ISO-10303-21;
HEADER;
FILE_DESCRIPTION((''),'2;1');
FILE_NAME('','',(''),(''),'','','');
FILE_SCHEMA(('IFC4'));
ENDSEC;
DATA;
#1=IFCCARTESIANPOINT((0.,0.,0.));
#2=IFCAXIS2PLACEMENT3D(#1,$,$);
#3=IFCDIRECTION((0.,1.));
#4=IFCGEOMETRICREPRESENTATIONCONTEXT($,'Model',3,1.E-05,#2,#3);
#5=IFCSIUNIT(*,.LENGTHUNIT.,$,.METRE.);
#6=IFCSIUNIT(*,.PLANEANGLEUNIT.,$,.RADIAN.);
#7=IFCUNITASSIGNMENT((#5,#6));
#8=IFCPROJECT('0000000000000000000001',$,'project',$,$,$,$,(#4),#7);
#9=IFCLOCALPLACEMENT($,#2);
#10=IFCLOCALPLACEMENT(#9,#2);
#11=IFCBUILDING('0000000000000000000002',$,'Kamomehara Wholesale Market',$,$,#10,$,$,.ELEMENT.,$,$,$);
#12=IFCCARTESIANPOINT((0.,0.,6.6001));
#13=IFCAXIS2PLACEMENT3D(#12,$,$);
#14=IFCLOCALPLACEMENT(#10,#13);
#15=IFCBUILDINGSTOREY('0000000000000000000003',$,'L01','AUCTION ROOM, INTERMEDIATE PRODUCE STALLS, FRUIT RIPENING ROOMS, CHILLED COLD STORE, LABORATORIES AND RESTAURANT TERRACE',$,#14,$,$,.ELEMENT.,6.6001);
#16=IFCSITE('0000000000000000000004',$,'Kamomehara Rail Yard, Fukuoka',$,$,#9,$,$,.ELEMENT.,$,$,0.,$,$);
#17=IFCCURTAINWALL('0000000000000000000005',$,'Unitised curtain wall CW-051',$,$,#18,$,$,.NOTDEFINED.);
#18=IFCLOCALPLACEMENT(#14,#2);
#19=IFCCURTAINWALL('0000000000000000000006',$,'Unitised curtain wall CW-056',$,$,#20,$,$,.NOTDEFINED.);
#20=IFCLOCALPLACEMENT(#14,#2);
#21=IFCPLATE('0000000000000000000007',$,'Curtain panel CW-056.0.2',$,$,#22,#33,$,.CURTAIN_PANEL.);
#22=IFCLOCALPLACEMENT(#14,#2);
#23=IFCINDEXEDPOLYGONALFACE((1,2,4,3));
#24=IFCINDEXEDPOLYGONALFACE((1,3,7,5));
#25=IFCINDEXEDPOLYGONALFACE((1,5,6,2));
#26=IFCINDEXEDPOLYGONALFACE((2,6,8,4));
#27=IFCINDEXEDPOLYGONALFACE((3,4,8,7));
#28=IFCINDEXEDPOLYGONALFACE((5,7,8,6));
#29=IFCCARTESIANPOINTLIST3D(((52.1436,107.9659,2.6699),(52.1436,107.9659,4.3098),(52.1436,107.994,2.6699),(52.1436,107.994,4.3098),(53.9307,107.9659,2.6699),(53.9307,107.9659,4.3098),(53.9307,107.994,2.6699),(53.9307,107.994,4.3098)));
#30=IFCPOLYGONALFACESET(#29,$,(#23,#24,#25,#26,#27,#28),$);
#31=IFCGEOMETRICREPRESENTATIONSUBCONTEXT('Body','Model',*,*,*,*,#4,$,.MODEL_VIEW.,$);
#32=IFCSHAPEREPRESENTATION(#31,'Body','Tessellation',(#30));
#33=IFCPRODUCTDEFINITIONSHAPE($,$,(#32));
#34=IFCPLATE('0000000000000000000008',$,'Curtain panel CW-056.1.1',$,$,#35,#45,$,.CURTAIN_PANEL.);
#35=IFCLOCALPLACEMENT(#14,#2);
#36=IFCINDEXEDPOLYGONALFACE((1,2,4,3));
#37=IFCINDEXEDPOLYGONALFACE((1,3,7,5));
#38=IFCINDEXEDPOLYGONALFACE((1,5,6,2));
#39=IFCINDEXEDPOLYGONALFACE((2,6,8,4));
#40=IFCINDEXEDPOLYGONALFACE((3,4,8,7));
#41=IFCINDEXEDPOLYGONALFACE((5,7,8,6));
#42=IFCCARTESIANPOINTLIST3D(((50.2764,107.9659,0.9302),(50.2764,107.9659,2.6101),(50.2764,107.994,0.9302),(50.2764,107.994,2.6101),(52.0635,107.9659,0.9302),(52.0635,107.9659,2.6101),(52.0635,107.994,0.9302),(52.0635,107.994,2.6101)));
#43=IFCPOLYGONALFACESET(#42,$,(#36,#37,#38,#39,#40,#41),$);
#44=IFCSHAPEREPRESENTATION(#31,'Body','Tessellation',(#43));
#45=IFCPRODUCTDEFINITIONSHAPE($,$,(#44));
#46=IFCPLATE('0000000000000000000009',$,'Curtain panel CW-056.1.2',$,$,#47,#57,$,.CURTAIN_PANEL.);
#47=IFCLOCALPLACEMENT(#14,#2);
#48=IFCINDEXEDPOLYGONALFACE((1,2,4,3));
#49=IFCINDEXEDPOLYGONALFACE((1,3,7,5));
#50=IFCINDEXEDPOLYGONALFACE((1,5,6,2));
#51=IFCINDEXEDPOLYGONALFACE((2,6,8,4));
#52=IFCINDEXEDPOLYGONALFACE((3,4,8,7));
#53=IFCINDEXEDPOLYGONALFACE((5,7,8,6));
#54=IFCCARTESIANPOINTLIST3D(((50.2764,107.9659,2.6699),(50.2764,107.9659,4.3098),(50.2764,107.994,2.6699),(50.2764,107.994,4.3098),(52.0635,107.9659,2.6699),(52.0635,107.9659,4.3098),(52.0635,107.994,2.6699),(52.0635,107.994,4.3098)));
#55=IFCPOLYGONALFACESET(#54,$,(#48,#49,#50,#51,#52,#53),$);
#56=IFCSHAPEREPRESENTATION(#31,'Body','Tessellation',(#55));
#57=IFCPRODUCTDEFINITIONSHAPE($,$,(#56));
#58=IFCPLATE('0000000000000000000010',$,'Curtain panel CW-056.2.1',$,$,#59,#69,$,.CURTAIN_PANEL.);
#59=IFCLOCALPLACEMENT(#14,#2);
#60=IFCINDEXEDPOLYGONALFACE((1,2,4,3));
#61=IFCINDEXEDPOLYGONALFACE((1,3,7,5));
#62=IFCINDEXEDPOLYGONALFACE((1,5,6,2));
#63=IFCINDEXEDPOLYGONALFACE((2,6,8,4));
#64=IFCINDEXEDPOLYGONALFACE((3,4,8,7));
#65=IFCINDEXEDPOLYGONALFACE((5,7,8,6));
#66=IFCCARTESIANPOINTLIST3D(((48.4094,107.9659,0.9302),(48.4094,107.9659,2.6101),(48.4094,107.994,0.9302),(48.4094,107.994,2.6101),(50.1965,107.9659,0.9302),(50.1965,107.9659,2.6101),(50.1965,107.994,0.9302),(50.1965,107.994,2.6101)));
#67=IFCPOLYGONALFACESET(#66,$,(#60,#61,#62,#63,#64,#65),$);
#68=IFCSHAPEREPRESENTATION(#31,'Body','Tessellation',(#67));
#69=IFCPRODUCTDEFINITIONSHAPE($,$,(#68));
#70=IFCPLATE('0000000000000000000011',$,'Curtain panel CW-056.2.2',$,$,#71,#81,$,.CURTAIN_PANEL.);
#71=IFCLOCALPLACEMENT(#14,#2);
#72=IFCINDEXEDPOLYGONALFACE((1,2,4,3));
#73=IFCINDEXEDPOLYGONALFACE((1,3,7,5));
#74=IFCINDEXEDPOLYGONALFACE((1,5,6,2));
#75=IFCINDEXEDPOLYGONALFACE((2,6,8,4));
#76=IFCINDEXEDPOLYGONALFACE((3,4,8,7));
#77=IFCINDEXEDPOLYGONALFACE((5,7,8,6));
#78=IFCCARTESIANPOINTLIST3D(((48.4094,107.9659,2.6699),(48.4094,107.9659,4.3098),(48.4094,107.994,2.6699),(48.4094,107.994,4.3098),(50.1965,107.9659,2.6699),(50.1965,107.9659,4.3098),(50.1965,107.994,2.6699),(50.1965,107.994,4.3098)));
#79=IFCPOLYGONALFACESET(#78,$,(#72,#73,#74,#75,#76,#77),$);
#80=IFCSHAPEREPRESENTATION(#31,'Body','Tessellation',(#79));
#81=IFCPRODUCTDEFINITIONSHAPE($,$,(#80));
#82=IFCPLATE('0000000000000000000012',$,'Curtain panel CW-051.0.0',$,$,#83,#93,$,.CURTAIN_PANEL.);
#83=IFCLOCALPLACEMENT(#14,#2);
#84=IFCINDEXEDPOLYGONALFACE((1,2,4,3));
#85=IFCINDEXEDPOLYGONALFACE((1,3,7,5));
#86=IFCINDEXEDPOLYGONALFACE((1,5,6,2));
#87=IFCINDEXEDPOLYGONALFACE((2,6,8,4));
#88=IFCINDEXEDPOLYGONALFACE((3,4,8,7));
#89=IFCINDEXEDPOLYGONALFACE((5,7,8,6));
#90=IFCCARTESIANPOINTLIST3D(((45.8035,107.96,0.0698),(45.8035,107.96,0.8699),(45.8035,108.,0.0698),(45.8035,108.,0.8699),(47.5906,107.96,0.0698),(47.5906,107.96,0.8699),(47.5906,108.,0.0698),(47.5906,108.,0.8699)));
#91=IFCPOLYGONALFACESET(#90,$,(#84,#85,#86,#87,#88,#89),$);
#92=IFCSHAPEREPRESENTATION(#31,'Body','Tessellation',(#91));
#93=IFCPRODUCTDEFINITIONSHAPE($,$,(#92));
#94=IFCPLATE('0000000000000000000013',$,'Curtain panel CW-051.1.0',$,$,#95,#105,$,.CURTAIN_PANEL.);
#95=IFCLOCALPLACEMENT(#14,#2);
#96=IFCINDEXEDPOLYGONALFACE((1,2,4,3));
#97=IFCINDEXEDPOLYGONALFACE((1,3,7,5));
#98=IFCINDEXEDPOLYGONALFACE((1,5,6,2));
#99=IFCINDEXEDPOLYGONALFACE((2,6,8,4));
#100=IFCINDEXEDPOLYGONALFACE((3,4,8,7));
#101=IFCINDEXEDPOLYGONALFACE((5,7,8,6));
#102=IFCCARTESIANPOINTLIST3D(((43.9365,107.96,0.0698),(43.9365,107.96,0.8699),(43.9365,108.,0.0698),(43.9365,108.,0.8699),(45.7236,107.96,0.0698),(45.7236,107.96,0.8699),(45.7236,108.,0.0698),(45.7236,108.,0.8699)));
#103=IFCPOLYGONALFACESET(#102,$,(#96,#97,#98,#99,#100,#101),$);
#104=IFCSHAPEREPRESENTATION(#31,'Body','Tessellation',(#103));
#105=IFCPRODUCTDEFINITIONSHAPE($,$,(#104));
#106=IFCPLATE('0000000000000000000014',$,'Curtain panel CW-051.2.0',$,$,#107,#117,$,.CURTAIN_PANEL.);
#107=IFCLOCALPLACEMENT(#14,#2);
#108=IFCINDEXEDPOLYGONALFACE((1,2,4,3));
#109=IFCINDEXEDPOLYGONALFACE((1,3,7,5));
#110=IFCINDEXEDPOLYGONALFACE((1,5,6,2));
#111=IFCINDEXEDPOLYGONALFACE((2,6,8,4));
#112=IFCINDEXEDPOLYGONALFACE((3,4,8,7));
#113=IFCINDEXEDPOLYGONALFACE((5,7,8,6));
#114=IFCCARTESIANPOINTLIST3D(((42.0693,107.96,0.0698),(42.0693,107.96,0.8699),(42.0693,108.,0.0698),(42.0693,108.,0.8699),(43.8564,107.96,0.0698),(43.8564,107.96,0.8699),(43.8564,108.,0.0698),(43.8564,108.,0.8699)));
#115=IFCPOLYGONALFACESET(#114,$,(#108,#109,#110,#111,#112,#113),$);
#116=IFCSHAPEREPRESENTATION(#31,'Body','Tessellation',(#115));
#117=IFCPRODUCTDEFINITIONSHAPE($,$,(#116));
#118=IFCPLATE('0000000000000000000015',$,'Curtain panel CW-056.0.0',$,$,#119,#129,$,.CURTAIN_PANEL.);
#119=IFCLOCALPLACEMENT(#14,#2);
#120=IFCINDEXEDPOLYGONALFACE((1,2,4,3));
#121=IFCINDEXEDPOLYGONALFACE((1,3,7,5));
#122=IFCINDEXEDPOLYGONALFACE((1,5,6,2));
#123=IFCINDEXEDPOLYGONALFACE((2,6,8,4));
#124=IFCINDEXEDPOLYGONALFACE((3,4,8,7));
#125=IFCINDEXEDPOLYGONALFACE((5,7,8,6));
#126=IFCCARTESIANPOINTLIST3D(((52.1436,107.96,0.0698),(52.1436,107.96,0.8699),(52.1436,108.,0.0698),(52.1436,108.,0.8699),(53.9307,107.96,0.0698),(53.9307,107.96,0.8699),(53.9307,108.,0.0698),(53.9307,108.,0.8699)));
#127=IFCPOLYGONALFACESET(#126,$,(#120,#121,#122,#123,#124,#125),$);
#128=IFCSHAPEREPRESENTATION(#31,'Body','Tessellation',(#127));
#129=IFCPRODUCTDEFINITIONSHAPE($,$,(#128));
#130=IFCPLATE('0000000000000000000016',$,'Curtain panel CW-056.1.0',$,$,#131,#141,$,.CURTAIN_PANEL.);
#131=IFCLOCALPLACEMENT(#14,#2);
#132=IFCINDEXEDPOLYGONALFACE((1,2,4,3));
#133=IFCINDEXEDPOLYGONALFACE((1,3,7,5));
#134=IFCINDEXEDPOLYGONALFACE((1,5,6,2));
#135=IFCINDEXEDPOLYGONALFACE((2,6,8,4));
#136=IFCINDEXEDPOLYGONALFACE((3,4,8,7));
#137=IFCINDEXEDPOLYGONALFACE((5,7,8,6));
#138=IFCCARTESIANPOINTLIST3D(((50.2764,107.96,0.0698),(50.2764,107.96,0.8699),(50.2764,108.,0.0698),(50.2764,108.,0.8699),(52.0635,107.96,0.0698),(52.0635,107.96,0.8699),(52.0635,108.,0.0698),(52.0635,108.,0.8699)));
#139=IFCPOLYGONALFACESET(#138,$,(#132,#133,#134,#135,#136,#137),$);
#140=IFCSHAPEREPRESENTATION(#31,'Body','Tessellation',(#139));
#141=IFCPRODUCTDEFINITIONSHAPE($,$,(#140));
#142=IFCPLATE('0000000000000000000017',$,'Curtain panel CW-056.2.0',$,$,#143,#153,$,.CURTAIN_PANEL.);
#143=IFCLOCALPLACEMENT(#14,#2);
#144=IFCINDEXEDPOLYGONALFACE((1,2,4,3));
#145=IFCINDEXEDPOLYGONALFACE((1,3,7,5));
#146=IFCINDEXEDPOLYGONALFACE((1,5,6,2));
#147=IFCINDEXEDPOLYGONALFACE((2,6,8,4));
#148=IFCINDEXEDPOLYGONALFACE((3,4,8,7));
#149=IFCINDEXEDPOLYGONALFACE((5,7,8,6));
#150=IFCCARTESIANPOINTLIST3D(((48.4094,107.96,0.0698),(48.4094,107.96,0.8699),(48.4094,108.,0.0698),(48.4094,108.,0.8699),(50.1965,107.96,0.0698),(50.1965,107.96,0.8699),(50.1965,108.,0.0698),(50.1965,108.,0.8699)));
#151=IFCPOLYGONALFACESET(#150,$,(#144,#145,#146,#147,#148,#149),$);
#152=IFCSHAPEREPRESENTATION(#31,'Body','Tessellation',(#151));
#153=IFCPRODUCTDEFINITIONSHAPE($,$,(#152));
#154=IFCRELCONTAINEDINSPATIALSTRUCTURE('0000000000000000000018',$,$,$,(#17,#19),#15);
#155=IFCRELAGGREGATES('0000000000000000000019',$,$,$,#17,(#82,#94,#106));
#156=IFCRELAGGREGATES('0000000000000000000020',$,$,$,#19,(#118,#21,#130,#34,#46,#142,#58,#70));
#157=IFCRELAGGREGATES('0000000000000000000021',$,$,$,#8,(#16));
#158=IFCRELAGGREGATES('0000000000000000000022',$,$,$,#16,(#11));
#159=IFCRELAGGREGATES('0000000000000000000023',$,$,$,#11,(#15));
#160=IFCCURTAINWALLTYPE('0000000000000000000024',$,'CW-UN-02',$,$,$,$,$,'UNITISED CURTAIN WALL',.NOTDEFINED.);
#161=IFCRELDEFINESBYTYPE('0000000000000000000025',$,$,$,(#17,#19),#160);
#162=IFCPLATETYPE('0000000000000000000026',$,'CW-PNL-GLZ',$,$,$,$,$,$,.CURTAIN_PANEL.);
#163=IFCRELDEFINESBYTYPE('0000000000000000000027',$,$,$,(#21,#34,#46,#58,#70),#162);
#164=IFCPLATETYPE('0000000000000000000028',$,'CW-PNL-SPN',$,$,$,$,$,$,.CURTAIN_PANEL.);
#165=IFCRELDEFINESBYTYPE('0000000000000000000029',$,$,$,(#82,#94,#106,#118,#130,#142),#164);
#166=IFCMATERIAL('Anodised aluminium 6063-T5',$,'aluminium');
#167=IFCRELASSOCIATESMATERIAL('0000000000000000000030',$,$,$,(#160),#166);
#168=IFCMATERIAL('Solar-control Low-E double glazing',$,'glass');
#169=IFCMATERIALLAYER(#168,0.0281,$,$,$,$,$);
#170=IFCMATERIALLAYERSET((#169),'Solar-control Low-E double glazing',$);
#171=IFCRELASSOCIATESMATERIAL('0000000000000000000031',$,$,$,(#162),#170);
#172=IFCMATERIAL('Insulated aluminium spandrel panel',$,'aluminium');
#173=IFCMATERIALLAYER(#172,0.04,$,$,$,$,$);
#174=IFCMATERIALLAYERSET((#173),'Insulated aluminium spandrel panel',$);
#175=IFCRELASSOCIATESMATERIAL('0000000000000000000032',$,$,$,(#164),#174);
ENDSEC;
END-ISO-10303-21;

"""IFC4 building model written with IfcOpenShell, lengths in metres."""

from ifc_helpers import new_model, si_unit, direction, frame, origin, origin_2d, place, context, subcontext, project, spatial, rectangle, extrude, material, layer, layer_set, type_object, element, aggregate, save


model = new_model("IFC4")

# Units and contexts
model_context = context("Model", 3, precision=1e-05, world=origin(), true_north=direction((0.0, 1.0)))
body_context = subcontext(model_context, "Body", "Model", "MODEL_VIEW")
ifc_project = project(units=[si_unit("LENGTHUNIT", "METRE"), si_unit("PLANEANGLEUNIT", "RADIAN")], contexts=[model_context])

# Site, building, storey
site_placement = place(None, origin())
site = spatial("IfcSite", under=ifc_project, at=site_placement, Name="Kamomehara Rail Yard, Fukuoka", CompositionType="ELEMENT", RefElevation=0.0)
building_placement = place(site_placement, origin())
building = spatial("IfcBuilding", under=site, at=building_placement, Name="Kamomehara Wholesale Market", CompositionType="ELEMENT")
storey_placement = place(building_placement, frame((0.0, 0.0, 6.6001)))
storey = spatial("IfcBuildingStorey", under=building, at=storey_placement, Name="L01", Description="AUCTION ROOM, INTERMEDIATE PRODUCE STALLS, FRUIT RIPENING ROOMS, CHILLED COLD STORE, LABORATORIES AND RESTAURANT TERRACE", CompositionType="ELEMENT", Elevation=6.6001)

# Curtain wall
ifc_material_1 = material(Name="Anodised aluminium 6063-T5", Category="aluminium")
curtain_wall_type = type_object("IfcCurtainWallType", Name="CW-UN-02", ElementType="UNITISED CURTAIN WALL", PredefinedType="NOTDEFINED", material=ifc_material_1)
curtain_wall_1_placement = place(storey_placement, origin())
curtain_wall_1 = element("IfcCurtainWall", 1, at=curtain_wall_1_placement, inside=storey, type_object=curtain_wall_type, Name="Unitised curtain wall CW-051", PredefinedType="NOTDEFINED")
ifc_material_2 = material(Name="Solar-control Low-E double glazing", Category="glass")
ifc_layer_1 = layer(ifc_material_2, 0.0281)
ifc_layer_set_1 = layer_set([ifc_layer_1], Name="Solar-control Low-E double glazing")
plate_type_1 = type_object("IfcPlateType", Name="CW-PNL-GLZ", PredefinedType="CURTAIN_PANEL", material=ifc_layer_set_1)

# Curtain wall, plates
curtain_wall_2_placement = place(storey_placement, origin())
curtain_wall_2 = element("IfcCurtainWall", 2, at=curtain_wall_2_placement, inside=storey, type_object=curtain_wall_type, Name="Unitised curtain wall CW-056", PredefinedType="NOTDEFINED")
plate_1_placement = place(storey_placement, frame((53.0371, 107.98, 2.6699), z_axis=(0.0, 0.0, 1.0), x_axis=(-1.0, 0.0, 0.0)))
plate_1 = element("IfcPlate", 3, at=plate_1_placement, type_object=plate_type_1, Name="Curtain panel CW-056.0.2", PredefinedType="CURTAIN_PANEL", context=body_context, shape_type="SweptSolid", body=[
    extrude(rectangle(XDim=1.7871, YDim=0.0281, at=origin_2d()), origin(), (0.0, 0.0, 1.0), 1.6399),
])
plate_2_placement = place(storey_placement, frame((51.1699, 107.98, 0.9302), z_axis=(0.0, 0.0, 1.0), x_axis=(-1.0, 0.0, 0.0)))
plate_2 = element("IfcPlate", 4, at=plate_2_placement, type_object=plate_type_1, Name="Curtain panel CW-056.1.1", PredefinedType="CURTAIN_PANEL", context=body_context, shape_type="SweptSolid", body=[
    extrude(rectangle(XDim=1.7871, YDim=0.0281, at=origin_2d()), origin(), (0.0, 0.0, 1.0), 1.6799),
])
plate_3_placement = place(storey_placement, frame((51.1699, 107.98, 2.6699), z_axis=(0.0, 0.0, 1.0), x_axis=(-1.0, 0.0, 0.0)))
plate_3 = element("IfcPlate", 5, at=plate_3_placement, type_object=plate_type_1, Name="Curtain panel CW-056.1.2", PredefinedType="CURTAIN_PANEL", context=body_context, shape_type="SweptSolid", body=[
    extrude(rectangle(XDim=1.7871, YDim=0.0281, at=origin_2d()), origin(), (0.0, 0.0, 1.0), 1.6399),
])
plate_4_placement = place(storey_placement, frame((49.303, 107.98, 0.9302), z_axis=(0.0, 0.0, 1.0), x_axis=(-1.0, 0.0, 0.0)))
plate_4 = element("IfcPlate", 6, at=plate_4_placement, type_object=plate_type_1, Name="Curtain panel CW-056.2.1", PredefinedType="CURTAIN_PANEL", context=body_context, shape_type="SweptSolid", body=[
    extrude(rectangle(XDim=1.7871, YDim=0.0281, at=origin_2d()), origin(), (0.0, 0.0, 1.0), 1.6799),
])
plate_5_placement = place(storey_placement, frame((49.303, 107.98, 2.6699), z_axis=(0.0, 0.0, 1.0), x_axis=(-1.0, 0.0, 0.0)))
plate_5 = element("IfcPlate", 7, at=plate_5_placement, type_object=plate_type_1, Name="Curtain panel CW-056.2.2", PredefinedType="CURTAIN_PANEL", context=body_context, shape_type="SweptSolid", body=[
    extrude(rectangle(XDim=1.7871, YDim=0.0281, at=origin_2d()), origin(), (0.0, 0.0, 1.0), 1.6399),
])

# Plates
ifc_material_3 = material(Name="Insulated aluminium spandrel panel", Category="aluminium")
ifc_layer_2 = layer(ifc_material_3, 0.04)
ifc_layer_set_2 = layer_set([ifc_layer_2], Name="Insulated aluminium spandrel panel")
plate_type_2 = type_object("IfcPlateType", Name="CW-PNL-SPN", PredefinedType="CURTAIN_PANEL", material=ifc_layer_set_2)
plate_6_placement = place(storey_placement, frame((46.697, 107.98, 0.0698), z_axis=(0.0, 0.0, 1.0), x_axis=(-1.0, 0.0, 0.0)))
plate_6 = element("IfcPlate", 8, at=plate_6_placement, type_object=plate_type_2, Name="Curtain panel CW-051.0.0", PredefinedType="CURTAIN_PANEL", context=body_context, shape_type="SweptSolid", body=[
    extrude(rectangle(XDim=1.7871, YDim=0.04, at=origin_2d()), origin(), (0.0, 0.0, 1.0), 0.8),
])
plate_7_placement = place(storey_placement, frame((44.8301, 107.98, 0.0698), z_axis=(0.0, 0.0, 1.0), x_axis=(-1.0, 0.0, 0.0)))
plate_7 = element("IfcPlate", 9, at=plate_7_placement, type_object=plate_type_2, Name="Curtain panel CW-051.1.0", PredefinedType="CURTAIN_PANEL", context=body_context, shape_type="SweptSolid", body=[
    extrude(rectangle(XDim=1.7871, YDim=0.04, at=origin_2d()), origin(), (0.0, 0.0, 1.0), 0.8),
])
plate_8_placement = place(storey_placement, frame((42.9629, 107.98, 0.0698), z_axis=(0.0, 0.0, 1.0), x_axis=(-1.0, 0.0, 0.0)))
plate_8 = element("IfcPlate", 10, at=plate_8_placement, type_object=plate_type_2, Name="Curtain panel CW-051.2.0", PredefinedType="CURTAIN_PANEL", context=body_context, shape_type="SweptSolid", body=[
    extrude(rectangle(XDim=1.7871, YDim=0.04, at=origin_2d()), origin(), (0.0, 0.0, 1.0), 0.8),
])
aggregate(curtain_wall_1, [plate_6, plate_7, plate_8])
plate_9_placement = place(storey_placement, frame((53.0371, 107.98, 0.0698), z_axis=(0.0, 0.0, 1.0), x_axis=(-1.0, 0.0, 0.0)))
plate_9 = element("IfcPlate", 11, at=plate_9_placement, type_object=plate_type_2, Name="Curtain panel CW-056.0.0", PredefinedType="CURTAIN_PANEL", context=body_context, shape_type="SweptSolid", body=[
    extrude(rectangle(XDim=1.7871, YDim=0.04, at=origin_2d()), origin(), (0.0, 0.0, 1.0), 0.8),
])
plate_10_placement = place(storey_placement, frame((51.1699, 107.98, 0.0698), z_axis=(0.0, 0.0, 1.0), x_axis=(-1.0, 0.0, 0.0)))
plate_10 = element("IfcPlate", 12, at=plate_10_placement, type_object=plate_type_2, Name="Curtain panel CW-056.1.0", PredefinedType="CURTAIN_PANEL", context=body_context, shape_type="SweptSolid", body=[
    extrude(rectangle(XDim=1.7871, YDim=0.04, at=origin_2d()), origin(), (0.0, 0.0, 1.0), 0.8),
])
plate_11_placement = place(storey_placement, frame((49.303, 107.98, 0.0698), z_axis=(0.0, 0.0, 1.0), x_axis=(-1.0, 0.0, 0.0)))
plate_11 = element("IfcPlate", 13, at=plate_11_placement, type_object=plate_type_2, Name="Curtain panel CW-056.2.0", PredefinedType="CURTAIN_PANEL", context=body_context, shape_type="SweptSolid", body=[
    extrude(rectangle(XDim=1.7871, YDim=0.04, at=origin_2d()), origin(), (0.0, 0.0, 1.0), 0.8),
])
aggregate(curtain_wall_2, [plate_9, plate_1, plate_10, plate_2, plate_3, plate_11, plate_4, plate_5])

save(model, "model.ifc")
